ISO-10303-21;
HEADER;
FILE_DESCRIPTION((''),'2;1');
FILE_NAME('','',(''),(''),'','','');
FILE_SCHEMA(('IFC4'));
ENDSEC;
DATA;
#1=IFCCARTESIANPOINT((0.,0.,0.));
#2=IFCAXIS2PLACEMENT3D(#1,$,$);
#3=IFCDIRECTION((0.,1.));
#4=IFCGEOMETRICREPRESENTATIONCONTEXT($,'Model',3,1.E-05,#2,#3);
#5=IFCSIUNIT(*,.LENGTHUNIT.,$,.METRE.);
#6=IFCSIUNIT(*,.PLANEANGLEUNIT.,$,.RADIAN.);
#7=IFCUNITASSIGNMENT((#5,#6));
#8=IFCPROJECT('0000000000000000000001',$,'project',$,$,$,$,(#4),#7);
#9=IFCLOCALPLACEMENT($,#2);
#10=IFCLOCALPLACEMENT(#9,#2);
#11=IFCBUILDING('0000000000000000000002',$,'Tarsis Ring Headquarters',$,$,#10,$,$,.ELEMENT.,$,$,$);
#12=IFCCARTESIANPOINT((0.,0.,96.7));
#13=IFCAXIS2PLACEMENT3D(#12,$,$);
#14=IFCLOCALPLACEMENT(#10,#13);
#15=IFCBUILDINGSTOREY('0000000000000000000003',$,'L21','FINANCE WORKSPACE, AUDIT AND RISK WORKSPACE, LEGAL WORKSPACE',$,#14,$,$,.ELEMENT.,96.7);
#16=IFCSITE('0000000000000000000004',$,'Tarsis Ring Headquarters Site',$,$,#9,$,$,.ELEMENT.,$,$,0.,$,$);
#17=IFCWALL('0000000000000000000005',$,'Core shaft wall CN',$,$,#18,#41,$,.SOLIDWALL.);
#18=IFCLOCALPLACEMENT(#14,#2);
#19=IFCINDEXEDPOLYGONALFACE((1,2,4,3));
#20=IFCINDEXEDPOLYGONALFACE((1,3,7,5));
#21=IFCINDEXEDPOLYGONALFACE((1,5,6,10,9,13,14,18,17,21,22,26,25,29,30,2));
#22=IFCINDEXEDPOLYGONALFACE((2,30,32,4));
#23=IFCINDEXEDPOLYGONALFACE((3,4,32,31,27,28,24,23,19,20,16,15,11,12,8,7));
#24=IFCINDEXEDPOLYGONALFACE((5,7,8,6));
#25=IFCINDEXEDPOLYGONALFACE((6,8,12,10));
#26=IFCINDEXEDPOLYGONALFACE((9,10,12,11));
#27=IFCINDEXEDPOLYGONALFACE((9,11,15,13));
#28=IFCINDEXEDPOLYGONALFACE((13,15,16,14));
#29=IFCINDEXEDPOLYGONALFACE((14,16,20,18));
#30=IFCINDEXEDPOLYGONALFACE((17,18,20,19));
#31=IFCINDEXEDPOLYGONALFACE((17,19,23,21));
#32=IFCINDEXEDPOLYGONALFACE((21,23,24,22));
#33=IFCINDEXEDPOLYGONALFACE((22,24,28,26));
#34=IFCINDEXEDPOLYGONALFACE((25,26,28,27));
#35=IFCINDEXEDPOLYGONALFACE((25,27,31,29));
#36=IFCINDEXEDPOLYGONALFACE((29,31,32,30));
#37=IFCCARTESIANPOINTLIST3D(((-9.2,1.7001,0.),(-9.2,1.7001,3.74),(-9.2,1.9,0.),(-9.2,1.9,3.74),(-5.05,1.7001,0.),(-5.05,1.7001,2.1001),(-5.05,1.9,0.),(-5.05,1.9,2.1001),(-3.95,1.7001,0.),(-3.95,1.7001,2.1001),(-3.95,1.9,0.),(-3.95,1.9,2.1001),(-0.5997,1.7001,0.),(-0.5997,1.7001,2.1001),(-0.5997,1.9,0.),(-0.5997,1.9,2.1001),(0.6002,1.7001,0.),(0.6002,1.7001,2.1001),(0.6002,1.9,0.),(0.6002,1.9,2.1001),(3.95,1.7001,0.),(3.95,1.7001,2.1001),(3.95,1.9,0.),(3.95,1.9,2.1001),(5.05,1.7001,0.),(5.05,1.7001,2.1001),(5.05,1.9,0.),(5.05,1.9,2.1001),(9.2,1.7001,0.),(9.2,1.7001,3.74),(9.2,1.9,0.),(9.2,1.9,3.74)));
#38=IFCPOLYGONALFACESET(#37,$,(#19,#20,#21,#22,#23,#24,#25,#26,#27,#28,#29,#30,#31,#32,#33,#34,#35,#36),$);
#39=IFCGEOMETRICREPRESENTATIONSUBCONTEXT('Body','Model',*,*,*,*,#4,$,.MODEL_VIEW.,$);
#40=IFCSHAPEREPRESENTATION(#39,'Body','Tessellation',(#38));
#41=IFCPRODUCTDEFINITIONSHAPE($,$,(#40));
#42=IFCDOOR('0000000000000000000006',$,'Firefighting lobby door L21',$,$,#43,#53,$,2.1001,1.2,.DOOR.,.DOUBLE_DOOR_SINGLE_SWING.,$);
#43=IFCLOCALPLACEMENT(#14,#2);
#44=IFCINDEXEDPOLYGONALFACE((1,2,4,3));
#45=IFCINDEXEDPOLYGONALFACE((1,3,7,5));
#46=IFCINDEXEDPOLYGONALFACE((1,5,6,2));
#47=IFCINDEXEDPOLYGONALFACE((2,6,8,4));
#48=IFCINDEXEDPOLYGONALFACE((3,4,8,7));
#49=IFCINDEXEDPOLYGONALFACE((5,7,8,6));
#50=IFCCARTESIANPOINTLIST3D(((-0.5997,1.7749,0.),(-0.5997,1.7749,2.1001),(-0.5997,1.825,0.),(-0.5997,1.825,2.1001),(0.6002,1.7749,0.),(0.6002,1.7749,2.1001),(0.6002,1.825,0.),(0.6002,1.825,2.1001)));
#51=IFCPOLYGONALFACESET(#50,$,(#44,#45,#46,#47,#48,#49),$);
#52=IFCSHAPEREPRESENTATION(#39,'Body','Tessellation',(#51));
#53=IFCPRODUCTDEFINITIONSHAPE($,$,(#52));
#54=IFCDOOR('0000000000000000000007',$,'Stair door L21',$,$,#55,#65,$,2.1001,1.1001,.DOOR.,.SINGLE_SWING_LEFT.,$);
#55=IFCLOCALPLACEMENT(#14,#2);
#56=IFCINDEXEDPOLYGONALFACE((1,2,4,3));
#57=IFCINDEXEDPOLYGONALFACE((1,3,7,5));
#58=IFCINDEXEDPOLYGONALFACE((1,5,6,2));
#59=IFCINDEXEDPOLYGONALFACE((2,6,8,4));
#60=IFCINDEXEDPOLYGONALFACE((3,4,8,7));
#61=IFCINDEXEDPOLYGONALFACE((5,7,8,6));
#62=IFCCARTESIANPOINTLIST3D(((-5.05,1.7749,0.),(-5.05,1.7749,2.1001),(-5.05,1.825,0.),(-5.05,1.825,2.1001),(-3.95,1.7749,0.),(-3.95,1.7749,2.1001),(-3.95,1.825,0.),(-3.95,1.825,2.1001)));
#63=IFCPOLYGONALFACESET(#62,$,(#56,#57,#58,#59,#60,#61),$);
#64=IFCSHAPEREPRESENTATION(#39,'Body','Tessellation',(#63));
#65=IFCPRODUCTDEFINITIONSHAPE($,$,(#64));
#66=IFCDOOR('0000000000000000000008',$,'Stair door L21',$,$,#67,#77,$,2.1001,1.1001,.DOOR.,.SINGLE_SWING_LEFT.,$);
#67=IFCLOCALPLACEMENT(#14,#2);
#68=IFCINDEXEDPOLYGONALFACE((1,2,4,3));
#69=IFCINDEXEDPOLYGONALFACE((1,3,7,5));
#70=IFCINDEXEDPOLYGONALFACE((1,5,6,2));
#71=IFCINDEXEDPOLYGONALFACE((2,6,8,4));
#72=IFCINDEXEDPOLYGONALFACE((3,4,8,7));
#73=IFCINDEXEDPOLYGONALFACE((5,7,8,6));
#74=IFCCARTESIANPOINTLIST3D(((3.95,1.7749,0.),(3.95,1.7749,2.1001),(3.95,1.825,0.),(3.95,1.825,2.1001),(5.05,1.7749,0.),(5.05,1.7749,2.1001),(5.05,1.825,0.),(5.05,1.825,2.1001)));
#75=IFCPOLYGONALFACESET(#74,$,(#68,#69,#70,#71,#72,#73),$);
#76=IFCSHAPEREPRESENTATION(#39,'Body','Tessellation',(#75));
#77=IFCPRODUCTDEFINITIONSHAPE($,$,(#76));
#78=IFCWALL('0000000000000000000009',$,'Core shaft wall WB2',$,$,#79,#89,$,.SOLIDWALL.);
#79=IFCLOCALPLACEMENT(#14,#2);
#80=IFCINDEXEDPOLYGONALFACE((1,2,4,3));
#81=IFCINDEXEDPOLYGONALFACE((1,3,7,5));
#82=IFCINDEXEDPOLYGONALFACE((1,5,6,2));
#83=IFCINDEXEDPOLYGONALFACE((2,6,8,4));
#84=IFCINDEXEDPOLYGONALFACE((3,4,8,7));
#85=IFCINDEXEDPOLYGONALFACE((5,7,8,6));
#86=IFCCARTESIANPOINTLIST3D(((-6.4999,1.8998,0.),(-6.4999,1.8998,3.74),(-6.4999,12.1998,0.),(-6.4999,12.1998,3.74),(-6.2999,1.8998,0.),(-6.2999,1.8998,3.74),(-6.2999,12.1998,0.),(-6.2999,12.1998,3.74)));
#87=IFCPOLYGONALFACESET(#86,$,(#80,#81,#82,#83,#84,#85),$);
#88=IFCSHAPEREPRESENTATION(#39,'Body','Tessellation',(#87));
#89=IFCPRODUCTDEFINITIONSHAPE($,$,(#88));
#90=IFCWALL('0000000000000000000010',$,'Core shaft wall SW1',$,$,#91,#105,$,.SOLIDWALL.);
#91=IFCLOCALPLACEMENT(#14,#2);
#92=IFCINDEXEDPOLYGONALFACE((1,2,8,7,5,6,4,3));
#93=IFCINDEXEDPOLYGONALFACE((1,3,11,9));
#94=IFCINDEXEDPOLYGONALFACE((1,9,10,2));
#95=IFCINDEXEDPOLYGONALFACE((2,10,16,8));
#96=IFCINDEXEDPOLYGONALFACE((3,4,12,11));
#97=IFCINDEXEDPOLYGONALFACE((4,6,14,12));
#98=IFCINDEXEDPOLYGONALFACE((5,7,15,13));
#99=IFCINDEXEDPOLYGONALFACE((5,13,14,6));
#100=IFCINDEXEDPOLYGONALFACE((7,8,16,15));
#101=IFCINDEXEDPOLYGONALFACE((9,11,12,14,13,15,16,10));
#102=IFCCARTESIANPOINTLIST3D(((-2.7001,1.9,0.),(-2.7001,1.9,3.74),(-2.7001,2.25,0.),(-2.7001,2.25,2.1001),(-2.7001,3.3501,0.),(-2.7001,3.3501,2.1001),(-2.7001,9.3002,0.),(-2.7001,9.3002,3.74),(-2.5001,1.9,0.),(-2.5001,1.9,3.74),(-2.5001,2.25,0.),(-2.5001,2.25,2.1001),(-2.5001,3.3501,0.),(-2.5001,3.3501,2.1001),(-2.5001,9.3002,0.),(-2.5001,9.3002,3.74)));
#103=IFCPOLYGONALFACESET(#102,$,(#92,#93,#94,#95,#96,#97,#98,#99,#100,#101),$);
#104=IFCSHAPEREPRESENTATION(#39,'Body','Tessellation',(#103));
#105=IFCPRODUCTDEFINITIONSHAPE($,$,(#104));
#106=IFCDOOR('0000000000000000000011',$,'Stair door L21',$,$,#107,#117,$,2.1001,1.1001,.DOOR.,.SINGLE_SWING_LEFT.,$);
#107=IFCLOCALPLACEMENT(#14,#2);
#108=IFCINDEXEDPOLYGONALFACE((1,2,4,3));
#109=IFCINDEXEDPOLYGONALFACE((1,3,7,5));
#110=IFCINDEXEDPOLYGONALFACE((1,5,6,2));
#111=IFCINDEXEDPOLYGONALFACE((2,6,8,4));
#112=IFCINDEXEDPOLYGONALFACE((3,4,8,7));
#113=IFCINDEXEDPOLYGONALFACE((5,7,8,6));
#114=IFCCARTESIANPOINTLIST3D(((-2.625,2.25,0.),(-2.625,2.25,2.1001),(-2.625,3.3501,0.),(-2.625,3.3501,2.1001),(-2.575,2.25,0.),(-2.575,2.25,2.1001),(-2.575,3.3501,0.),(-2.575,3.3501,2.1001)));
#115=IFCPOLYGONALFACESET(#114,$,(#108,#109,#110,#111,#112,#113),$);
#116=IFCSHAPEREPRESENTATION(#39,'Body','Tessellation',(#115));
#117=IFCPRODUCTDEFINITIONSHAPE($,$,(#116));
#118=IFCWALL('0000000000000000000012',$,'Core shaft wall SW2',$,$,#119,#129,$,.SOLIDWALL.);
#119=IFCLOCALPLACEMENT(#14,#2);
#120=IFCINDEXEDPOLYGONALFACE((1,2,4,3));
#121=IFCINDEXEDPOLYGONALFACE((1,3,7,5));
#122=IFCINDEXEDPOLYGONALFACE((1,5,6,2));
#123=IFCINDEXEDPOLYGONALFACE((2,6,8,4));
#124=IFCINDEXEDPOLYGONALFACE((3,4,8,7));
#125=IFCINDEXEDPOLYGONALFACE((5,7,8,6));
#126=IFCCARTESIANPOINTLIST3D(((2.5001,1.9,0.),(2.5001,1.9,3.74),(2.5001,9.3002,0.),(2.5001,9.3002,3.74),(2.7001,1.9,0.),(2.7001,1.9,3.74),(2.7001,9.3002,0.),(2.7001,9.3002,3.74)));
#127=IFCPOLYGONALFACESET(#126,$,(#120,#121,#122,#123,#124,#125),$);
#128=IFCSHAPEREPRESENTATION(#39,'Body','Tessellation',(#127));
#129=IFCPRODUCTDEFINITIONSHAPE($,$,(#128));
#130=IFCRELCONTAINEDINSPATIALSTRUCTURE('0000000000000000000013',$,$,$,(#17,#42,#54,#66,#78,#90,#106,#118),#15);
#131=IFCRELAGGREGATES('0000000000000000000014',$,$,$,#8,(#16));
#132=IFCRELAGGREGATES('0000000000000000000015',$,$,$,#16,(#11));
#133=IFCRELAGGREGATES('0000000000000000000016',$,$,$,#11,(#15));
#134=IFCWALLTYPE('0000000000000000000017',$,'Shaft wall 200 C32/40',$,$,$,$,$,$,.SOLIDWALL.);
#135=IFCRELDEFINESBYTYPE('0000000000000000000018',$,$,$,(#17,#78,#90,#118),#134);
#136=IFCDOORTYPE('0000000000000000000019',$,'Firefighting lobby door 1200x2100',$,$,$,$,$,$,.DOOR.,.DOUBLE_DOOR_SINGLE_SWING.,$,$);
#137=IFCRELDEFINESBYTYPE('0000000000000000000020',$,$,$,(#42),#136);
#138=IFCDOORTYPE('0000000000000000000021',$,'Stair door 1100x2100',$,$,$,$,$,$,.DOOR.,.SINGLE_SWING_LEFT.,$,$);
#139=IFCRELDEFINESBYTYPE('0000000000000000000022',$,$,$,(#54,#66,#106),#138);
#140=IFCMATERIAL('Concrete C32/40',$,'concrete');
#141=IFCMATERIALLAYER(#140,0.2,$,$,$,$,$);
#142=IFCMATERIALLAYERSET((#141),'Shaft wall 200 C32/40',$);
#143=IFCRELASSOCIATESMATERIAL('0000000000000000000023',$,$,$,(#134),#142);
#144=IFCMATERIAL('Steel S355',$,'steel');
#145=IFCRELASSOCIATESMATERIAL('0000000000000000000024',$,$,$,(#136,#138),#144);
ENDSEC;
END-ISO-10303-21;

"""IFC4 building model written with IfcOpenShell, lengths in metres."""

from ifc_helpers import new_model, si_unit, direction, frame, frame_2d, origin, place, context, subcontext, project, spatial, rectangle, extrude, material, layer, layer_set, type_object, element, fill, save


model = new_model("IFC4")

# Units and contexts
model_context = context("Model", 3, precision=1e-05, world=origin(), true_north=direction((0.0, 1.0)))
body_context = subcontext(model_context, "Body", "Model", "MODEL_VIEW")
ifc_project = project(units=[si_unit("LENGTHUNIT", "METRE"), si_unit("PLANEANGLEUNIT", "RADIAN")], contexts=[model_context])

# Site, building, storey
site_placement = place(None, origin())
site = spatial("IfcSite", under=ifc_project, at=site_placement, Name="Tarsis Ring Headquarters Site", CompositionType="ELEMENT", RefElevation=0.0)
building_placement = place(site_placement, origin())
building = spatial("IfcBuilding", under=site, at=building_placement, Name="Tarsis Ring Headquarters", CompositionType="ELEMENT")
storey_placement = place(building_placement, frame((0.0, 0.0, 96.7)))
storey = spatial("IfcBuildingStorey", under=building, at=storey_placement, Name="L21", Description="FINANCE WORKSPACE, AUDIT AND RISK WORKSPACE, LEGAL WORKSPACE", CompositionType="ELEMENT", Elevation=96.7)

# Wall, openings, doors
ifc_material_1 = material(Name="Concrete C32/40", Category="concrete")
ifc_layer_1 = layer(ifc_material_1, 0.2)
ifc_layer_set_1 = layer_set([ifc_layer_1], Name="Shaft wall 200 C32/40")
wall_type = type_object("IfcWallType", Name="Shaft wall 200 C32/40", PredefinedType="SOLIDWALL", material=ifc_layer_set_1)
wall_1_placement = place(storey_placement, frame((-9.2, 1.8, 0.0), z_axis=(0.0, 0.0, 1.0), x_axis=(1.0, 0.0, 0.0)))
wall_1 = element("IfcWall", 1, at=wall_1_placement, inside=storey, type_object=wall_type, Name="Core shaft wall CN", PredefinedType="SOLIDWALL", context=body_context, shape_type="SweptSolid", body=[
    extrude(rectangle(XDim=18.3999, YDim=0.2, at=frame_2d((9.2, 0.0))), origin(), (0.0, 0.0, 1.0), 3.74),
])
opening_1_placement = place(wall_1_placement, frame((4.1499, 0.0, 0.0)))
opening_1 = element("IfcOpeningElement", 2, at=opening_1_placement, cuts=wall_1, PredefinedType="OPENING", context=body_context, shape_type="SweptSolid", body=[
    extrude(rectangle(XDim=1.1001, YDim=2.1001, at=frame_2d((0.55, 1.05))), frame((0.0, 0.1099, 0.0), z_axis=(0.0, -1.0, 0.0), x_axis=(1.0, 0.0, 0.0)), (0.0, 0.0, 1.0), 0.22),
])
opening_2_placement = place(wall_1_placement, frame((8.6001, 0.0, 0.0)))
opening_2 = element("IfcOpeningElement", 3, at=opening_2_placement, cuts=wall_1, PredefinedType="OPENING", context=body_context, shape_type="SweptSolid", body=[
    extrude(rectangle(XDim=1.2, YDim=2.1001, at=frame_2d((0.6001, 1.05))), frame((0.0, 0.1099, 0.0), z_axis=(0.0, -1.0, 0.0), x_axis=(1.0, 0.0, 0.0)), (0.0, 0.0, 1.0), 0.22),
])
opening_3_placement = place(wall_1_placement, frame((13.1499, 0.0, 0.0)))
opening_3 = element("IfcOpeningElement", 4, at=opening_3_placement, cuts=wall_1, PredefinedType="OPENING", context=body_context, shape_type="SweptSolid", body=[
    extrude(rectangle(XDim=1.1001, YDim=2.1001, at=frame_2d((0.55, 1.05))), frame((0.0, 0.1099, 0.0), z_axis=(0.0, -1.0, 0.0), x_axis=(1.0, 0.0, 0.0)), (0.0, 0.0, 1.0), 0.22),
])
ifc_material_2 = material(Name="Steel S355", Category="steel")
door_type_1 = type_object("IfcDoorType", Name="Firefighting lobby door 1200x2100", OperationType="DOUBLE_DOOR_SINGLE_SWING", PredefinedType="DOOR", material=ifc_material_2)
door_1_placement = place(opening_2_placement, origin())
door_1 = element("IfcDoor", 5, at=door_1_placement, inside=storey, type_object=door_type_1, Name="Firefighting lobby door L21", OperationType="DOUBLE_DOOR_SINGLE_SWING", OverallHeight=2.1001, OverallWidth=1.2, PredefinedType="DOOR", context=body_context, shape_type="SweptSolid", body=[
    extrude(rectangle(XDim=1.2, YDim=2.1001, at=frame_2d((0.6001, 1.05))), frame((0.0, 0.0249, 0.0), z_axis=(0.0, -1.0, 0.0), x_axis=(1.0, 0.0, 0.0)), (0.0, 0.0, 1.0), 0.05),
])
fill(opening_2, door_1)
door_type_2 = type_object("IfcDoorType", Name="Stair door 1100x2100", OperationType="SINGLE_SWING_LEFT", PredefinedType="DOOR", material=ifc_material_2)
door_2_placement = place(opening_1_placement, origin())
door_2 = element("IfcDoor", 6, at=door_2_placement, inside=storey, type_object=door_type_2, Name="Stair door L21", OperationType="SINGLE_SWING_LEFT", OverallHeight=2.1001, OverallWidth=1.1001, PredefinedType="DOOR", context=body_context, shape_type="SweptSolid", body=[
    extrude(rectangle(XDim=1.1001, YDim=2.1001, at=frame_2d((0.55, 1.05))), frame((0.0, 0.0249, 0.0), z_axis=(0.0, -1.0, 0.0), x_axis=(1.0, 0.0, 0.0)), (0.0, 0.0, 1.0), 0.05),
])
fill(opening_1, door_2)
door_3_placement = place(opening_3_placement, origin())
door_3 = element("IfcDoor", 7, at=door_3_placement, inside=storey, type_object=door_type_2, Name="Stair door L21", OperationType="SINGLE_SWING_LEFT", OverallHeight=2.1001, OverallWidth=1.1001, PredefinedType="DOOR", context=body_context, shape_type="SweptSolid", body=[
    extrude(rectangle(XDim=1.1001, YDim=2.1001, at=frame_2d((0.55, 1.05))), frame((0.0, 0.0249, 0.0), z_axis=(0.0, -1.0, 0.0), x_axis=(1.0, 0.0, 0.0)), (0.0, 0.0, 1.0), 0.05),
])
fill(opening_3, door_3)

# Wall
wall_2_placement = place(storey_placement, frame((-6.3999, 1.8999, 0.0), z_axis=(0.0, 0.0, 1.0), x_axis=(0.0, 1.0, 0.0)))
element("IfcWall", 8, at=wall_2_placement, inside=storey, type_object=wall_type, Name="Core shaft wall WB2", PredefinedType="SOLIDWALL", context=body_context, shape_type="SweptSolid", body=[
    extrude(rectangle(XDim=10.3, YDim=0.2, at=frame_2d((5.1499, 0.0))), origin(), (0.0, 0.0, 1.0), 3.74),
])

# Wall, opening, door
wall_3_placement = place(storey_placement, frame((-2.6001, 1.8999, 0.0), z_axis=(0.0, 0.0, 1.0), x_axis=(0.0, 1.0, 0.0)))
wall_3 = element("IfcWall", 9, at=wall_3_placement, inside=storey, type_object=wall_type, Name="Core shaft wall SW1", PredefinedType="SOLIDWALL", context=body_context, shape_type="SweptSolid", body=[
    extrude(rectangle(XDim=7.4001, YDim=0.2, at=frame_2d((3.7002, 0.0))), origin(), (0.0, 0.0, 1.0), 3.74),
])
opening_4_placement = place(wall_3_placement, frame((0.3501, 0.0, 0.0)))
opening_4 = element("IfcOpeningElement", 10, at=opening_4_placement, cuts=wall_3, PredefinedType="OPENING", context=body_context, shape_type="SweptSolid", body=[
    extrude(rectangle(XDim=1.1001, YDim=2.1001, at=frame_2d((0.55, 1.05))), frame((0.0, 0.1099, 0.0), z_axis=(0.0, -1.0, 0.0), x_axis=(1.0, 0.0, 0.0)), (0.0, 0.0, 1.0), 0.22),
])
door_4_placement = place(opening_4_placement, origin())
door_4 = element("IfcDoor", 11, at=door_4_placement, inside=storey, type_object=door_type_2, Name="Stair door L21", OperationType="SINGLE_SWING_LEFT", OverallHeight=2.1001, OverallWidth=1.1001, PredefinedType="DOOR", context=body_context, shape_type="SweptSolid", body=[
    extrude(rectangle(XDim=1.1001, YDim=2.1001, at=frame_2d((0.55, 1.05))), frame((0.0, 0.0249, 0.0), z_axis=(0.0, -1.0, 0.0), x_axis=(1.0, 0.0, 0.0)), (0.0, 0.0, 1.0), 0.05),
])
fill(opening_4, door_4)

# Wall
wall_4_placement = place(storey_placement, frame((2.6001, 1.8999, 0.0), z_axis=(0.0, 0.0, 1.0), x_axis=(0.0, 1.0, 0.0)))
element("IfcWall", 12, at=wall_4_placement, inside=storey, type_object=wall_type, Name="Core shaft wall SW2", PredefinedType="SOLIDWALL", context=body_context, shape_type="SweptSolid", body=[
    extrude(rectangle(XDim=7.4001, YDim=0.2, at=frame_2d((3.7002, 0.0))), origin(), (0.0, 0.0, 1.0), 3.74),
])

save(model, "model.ifc")
